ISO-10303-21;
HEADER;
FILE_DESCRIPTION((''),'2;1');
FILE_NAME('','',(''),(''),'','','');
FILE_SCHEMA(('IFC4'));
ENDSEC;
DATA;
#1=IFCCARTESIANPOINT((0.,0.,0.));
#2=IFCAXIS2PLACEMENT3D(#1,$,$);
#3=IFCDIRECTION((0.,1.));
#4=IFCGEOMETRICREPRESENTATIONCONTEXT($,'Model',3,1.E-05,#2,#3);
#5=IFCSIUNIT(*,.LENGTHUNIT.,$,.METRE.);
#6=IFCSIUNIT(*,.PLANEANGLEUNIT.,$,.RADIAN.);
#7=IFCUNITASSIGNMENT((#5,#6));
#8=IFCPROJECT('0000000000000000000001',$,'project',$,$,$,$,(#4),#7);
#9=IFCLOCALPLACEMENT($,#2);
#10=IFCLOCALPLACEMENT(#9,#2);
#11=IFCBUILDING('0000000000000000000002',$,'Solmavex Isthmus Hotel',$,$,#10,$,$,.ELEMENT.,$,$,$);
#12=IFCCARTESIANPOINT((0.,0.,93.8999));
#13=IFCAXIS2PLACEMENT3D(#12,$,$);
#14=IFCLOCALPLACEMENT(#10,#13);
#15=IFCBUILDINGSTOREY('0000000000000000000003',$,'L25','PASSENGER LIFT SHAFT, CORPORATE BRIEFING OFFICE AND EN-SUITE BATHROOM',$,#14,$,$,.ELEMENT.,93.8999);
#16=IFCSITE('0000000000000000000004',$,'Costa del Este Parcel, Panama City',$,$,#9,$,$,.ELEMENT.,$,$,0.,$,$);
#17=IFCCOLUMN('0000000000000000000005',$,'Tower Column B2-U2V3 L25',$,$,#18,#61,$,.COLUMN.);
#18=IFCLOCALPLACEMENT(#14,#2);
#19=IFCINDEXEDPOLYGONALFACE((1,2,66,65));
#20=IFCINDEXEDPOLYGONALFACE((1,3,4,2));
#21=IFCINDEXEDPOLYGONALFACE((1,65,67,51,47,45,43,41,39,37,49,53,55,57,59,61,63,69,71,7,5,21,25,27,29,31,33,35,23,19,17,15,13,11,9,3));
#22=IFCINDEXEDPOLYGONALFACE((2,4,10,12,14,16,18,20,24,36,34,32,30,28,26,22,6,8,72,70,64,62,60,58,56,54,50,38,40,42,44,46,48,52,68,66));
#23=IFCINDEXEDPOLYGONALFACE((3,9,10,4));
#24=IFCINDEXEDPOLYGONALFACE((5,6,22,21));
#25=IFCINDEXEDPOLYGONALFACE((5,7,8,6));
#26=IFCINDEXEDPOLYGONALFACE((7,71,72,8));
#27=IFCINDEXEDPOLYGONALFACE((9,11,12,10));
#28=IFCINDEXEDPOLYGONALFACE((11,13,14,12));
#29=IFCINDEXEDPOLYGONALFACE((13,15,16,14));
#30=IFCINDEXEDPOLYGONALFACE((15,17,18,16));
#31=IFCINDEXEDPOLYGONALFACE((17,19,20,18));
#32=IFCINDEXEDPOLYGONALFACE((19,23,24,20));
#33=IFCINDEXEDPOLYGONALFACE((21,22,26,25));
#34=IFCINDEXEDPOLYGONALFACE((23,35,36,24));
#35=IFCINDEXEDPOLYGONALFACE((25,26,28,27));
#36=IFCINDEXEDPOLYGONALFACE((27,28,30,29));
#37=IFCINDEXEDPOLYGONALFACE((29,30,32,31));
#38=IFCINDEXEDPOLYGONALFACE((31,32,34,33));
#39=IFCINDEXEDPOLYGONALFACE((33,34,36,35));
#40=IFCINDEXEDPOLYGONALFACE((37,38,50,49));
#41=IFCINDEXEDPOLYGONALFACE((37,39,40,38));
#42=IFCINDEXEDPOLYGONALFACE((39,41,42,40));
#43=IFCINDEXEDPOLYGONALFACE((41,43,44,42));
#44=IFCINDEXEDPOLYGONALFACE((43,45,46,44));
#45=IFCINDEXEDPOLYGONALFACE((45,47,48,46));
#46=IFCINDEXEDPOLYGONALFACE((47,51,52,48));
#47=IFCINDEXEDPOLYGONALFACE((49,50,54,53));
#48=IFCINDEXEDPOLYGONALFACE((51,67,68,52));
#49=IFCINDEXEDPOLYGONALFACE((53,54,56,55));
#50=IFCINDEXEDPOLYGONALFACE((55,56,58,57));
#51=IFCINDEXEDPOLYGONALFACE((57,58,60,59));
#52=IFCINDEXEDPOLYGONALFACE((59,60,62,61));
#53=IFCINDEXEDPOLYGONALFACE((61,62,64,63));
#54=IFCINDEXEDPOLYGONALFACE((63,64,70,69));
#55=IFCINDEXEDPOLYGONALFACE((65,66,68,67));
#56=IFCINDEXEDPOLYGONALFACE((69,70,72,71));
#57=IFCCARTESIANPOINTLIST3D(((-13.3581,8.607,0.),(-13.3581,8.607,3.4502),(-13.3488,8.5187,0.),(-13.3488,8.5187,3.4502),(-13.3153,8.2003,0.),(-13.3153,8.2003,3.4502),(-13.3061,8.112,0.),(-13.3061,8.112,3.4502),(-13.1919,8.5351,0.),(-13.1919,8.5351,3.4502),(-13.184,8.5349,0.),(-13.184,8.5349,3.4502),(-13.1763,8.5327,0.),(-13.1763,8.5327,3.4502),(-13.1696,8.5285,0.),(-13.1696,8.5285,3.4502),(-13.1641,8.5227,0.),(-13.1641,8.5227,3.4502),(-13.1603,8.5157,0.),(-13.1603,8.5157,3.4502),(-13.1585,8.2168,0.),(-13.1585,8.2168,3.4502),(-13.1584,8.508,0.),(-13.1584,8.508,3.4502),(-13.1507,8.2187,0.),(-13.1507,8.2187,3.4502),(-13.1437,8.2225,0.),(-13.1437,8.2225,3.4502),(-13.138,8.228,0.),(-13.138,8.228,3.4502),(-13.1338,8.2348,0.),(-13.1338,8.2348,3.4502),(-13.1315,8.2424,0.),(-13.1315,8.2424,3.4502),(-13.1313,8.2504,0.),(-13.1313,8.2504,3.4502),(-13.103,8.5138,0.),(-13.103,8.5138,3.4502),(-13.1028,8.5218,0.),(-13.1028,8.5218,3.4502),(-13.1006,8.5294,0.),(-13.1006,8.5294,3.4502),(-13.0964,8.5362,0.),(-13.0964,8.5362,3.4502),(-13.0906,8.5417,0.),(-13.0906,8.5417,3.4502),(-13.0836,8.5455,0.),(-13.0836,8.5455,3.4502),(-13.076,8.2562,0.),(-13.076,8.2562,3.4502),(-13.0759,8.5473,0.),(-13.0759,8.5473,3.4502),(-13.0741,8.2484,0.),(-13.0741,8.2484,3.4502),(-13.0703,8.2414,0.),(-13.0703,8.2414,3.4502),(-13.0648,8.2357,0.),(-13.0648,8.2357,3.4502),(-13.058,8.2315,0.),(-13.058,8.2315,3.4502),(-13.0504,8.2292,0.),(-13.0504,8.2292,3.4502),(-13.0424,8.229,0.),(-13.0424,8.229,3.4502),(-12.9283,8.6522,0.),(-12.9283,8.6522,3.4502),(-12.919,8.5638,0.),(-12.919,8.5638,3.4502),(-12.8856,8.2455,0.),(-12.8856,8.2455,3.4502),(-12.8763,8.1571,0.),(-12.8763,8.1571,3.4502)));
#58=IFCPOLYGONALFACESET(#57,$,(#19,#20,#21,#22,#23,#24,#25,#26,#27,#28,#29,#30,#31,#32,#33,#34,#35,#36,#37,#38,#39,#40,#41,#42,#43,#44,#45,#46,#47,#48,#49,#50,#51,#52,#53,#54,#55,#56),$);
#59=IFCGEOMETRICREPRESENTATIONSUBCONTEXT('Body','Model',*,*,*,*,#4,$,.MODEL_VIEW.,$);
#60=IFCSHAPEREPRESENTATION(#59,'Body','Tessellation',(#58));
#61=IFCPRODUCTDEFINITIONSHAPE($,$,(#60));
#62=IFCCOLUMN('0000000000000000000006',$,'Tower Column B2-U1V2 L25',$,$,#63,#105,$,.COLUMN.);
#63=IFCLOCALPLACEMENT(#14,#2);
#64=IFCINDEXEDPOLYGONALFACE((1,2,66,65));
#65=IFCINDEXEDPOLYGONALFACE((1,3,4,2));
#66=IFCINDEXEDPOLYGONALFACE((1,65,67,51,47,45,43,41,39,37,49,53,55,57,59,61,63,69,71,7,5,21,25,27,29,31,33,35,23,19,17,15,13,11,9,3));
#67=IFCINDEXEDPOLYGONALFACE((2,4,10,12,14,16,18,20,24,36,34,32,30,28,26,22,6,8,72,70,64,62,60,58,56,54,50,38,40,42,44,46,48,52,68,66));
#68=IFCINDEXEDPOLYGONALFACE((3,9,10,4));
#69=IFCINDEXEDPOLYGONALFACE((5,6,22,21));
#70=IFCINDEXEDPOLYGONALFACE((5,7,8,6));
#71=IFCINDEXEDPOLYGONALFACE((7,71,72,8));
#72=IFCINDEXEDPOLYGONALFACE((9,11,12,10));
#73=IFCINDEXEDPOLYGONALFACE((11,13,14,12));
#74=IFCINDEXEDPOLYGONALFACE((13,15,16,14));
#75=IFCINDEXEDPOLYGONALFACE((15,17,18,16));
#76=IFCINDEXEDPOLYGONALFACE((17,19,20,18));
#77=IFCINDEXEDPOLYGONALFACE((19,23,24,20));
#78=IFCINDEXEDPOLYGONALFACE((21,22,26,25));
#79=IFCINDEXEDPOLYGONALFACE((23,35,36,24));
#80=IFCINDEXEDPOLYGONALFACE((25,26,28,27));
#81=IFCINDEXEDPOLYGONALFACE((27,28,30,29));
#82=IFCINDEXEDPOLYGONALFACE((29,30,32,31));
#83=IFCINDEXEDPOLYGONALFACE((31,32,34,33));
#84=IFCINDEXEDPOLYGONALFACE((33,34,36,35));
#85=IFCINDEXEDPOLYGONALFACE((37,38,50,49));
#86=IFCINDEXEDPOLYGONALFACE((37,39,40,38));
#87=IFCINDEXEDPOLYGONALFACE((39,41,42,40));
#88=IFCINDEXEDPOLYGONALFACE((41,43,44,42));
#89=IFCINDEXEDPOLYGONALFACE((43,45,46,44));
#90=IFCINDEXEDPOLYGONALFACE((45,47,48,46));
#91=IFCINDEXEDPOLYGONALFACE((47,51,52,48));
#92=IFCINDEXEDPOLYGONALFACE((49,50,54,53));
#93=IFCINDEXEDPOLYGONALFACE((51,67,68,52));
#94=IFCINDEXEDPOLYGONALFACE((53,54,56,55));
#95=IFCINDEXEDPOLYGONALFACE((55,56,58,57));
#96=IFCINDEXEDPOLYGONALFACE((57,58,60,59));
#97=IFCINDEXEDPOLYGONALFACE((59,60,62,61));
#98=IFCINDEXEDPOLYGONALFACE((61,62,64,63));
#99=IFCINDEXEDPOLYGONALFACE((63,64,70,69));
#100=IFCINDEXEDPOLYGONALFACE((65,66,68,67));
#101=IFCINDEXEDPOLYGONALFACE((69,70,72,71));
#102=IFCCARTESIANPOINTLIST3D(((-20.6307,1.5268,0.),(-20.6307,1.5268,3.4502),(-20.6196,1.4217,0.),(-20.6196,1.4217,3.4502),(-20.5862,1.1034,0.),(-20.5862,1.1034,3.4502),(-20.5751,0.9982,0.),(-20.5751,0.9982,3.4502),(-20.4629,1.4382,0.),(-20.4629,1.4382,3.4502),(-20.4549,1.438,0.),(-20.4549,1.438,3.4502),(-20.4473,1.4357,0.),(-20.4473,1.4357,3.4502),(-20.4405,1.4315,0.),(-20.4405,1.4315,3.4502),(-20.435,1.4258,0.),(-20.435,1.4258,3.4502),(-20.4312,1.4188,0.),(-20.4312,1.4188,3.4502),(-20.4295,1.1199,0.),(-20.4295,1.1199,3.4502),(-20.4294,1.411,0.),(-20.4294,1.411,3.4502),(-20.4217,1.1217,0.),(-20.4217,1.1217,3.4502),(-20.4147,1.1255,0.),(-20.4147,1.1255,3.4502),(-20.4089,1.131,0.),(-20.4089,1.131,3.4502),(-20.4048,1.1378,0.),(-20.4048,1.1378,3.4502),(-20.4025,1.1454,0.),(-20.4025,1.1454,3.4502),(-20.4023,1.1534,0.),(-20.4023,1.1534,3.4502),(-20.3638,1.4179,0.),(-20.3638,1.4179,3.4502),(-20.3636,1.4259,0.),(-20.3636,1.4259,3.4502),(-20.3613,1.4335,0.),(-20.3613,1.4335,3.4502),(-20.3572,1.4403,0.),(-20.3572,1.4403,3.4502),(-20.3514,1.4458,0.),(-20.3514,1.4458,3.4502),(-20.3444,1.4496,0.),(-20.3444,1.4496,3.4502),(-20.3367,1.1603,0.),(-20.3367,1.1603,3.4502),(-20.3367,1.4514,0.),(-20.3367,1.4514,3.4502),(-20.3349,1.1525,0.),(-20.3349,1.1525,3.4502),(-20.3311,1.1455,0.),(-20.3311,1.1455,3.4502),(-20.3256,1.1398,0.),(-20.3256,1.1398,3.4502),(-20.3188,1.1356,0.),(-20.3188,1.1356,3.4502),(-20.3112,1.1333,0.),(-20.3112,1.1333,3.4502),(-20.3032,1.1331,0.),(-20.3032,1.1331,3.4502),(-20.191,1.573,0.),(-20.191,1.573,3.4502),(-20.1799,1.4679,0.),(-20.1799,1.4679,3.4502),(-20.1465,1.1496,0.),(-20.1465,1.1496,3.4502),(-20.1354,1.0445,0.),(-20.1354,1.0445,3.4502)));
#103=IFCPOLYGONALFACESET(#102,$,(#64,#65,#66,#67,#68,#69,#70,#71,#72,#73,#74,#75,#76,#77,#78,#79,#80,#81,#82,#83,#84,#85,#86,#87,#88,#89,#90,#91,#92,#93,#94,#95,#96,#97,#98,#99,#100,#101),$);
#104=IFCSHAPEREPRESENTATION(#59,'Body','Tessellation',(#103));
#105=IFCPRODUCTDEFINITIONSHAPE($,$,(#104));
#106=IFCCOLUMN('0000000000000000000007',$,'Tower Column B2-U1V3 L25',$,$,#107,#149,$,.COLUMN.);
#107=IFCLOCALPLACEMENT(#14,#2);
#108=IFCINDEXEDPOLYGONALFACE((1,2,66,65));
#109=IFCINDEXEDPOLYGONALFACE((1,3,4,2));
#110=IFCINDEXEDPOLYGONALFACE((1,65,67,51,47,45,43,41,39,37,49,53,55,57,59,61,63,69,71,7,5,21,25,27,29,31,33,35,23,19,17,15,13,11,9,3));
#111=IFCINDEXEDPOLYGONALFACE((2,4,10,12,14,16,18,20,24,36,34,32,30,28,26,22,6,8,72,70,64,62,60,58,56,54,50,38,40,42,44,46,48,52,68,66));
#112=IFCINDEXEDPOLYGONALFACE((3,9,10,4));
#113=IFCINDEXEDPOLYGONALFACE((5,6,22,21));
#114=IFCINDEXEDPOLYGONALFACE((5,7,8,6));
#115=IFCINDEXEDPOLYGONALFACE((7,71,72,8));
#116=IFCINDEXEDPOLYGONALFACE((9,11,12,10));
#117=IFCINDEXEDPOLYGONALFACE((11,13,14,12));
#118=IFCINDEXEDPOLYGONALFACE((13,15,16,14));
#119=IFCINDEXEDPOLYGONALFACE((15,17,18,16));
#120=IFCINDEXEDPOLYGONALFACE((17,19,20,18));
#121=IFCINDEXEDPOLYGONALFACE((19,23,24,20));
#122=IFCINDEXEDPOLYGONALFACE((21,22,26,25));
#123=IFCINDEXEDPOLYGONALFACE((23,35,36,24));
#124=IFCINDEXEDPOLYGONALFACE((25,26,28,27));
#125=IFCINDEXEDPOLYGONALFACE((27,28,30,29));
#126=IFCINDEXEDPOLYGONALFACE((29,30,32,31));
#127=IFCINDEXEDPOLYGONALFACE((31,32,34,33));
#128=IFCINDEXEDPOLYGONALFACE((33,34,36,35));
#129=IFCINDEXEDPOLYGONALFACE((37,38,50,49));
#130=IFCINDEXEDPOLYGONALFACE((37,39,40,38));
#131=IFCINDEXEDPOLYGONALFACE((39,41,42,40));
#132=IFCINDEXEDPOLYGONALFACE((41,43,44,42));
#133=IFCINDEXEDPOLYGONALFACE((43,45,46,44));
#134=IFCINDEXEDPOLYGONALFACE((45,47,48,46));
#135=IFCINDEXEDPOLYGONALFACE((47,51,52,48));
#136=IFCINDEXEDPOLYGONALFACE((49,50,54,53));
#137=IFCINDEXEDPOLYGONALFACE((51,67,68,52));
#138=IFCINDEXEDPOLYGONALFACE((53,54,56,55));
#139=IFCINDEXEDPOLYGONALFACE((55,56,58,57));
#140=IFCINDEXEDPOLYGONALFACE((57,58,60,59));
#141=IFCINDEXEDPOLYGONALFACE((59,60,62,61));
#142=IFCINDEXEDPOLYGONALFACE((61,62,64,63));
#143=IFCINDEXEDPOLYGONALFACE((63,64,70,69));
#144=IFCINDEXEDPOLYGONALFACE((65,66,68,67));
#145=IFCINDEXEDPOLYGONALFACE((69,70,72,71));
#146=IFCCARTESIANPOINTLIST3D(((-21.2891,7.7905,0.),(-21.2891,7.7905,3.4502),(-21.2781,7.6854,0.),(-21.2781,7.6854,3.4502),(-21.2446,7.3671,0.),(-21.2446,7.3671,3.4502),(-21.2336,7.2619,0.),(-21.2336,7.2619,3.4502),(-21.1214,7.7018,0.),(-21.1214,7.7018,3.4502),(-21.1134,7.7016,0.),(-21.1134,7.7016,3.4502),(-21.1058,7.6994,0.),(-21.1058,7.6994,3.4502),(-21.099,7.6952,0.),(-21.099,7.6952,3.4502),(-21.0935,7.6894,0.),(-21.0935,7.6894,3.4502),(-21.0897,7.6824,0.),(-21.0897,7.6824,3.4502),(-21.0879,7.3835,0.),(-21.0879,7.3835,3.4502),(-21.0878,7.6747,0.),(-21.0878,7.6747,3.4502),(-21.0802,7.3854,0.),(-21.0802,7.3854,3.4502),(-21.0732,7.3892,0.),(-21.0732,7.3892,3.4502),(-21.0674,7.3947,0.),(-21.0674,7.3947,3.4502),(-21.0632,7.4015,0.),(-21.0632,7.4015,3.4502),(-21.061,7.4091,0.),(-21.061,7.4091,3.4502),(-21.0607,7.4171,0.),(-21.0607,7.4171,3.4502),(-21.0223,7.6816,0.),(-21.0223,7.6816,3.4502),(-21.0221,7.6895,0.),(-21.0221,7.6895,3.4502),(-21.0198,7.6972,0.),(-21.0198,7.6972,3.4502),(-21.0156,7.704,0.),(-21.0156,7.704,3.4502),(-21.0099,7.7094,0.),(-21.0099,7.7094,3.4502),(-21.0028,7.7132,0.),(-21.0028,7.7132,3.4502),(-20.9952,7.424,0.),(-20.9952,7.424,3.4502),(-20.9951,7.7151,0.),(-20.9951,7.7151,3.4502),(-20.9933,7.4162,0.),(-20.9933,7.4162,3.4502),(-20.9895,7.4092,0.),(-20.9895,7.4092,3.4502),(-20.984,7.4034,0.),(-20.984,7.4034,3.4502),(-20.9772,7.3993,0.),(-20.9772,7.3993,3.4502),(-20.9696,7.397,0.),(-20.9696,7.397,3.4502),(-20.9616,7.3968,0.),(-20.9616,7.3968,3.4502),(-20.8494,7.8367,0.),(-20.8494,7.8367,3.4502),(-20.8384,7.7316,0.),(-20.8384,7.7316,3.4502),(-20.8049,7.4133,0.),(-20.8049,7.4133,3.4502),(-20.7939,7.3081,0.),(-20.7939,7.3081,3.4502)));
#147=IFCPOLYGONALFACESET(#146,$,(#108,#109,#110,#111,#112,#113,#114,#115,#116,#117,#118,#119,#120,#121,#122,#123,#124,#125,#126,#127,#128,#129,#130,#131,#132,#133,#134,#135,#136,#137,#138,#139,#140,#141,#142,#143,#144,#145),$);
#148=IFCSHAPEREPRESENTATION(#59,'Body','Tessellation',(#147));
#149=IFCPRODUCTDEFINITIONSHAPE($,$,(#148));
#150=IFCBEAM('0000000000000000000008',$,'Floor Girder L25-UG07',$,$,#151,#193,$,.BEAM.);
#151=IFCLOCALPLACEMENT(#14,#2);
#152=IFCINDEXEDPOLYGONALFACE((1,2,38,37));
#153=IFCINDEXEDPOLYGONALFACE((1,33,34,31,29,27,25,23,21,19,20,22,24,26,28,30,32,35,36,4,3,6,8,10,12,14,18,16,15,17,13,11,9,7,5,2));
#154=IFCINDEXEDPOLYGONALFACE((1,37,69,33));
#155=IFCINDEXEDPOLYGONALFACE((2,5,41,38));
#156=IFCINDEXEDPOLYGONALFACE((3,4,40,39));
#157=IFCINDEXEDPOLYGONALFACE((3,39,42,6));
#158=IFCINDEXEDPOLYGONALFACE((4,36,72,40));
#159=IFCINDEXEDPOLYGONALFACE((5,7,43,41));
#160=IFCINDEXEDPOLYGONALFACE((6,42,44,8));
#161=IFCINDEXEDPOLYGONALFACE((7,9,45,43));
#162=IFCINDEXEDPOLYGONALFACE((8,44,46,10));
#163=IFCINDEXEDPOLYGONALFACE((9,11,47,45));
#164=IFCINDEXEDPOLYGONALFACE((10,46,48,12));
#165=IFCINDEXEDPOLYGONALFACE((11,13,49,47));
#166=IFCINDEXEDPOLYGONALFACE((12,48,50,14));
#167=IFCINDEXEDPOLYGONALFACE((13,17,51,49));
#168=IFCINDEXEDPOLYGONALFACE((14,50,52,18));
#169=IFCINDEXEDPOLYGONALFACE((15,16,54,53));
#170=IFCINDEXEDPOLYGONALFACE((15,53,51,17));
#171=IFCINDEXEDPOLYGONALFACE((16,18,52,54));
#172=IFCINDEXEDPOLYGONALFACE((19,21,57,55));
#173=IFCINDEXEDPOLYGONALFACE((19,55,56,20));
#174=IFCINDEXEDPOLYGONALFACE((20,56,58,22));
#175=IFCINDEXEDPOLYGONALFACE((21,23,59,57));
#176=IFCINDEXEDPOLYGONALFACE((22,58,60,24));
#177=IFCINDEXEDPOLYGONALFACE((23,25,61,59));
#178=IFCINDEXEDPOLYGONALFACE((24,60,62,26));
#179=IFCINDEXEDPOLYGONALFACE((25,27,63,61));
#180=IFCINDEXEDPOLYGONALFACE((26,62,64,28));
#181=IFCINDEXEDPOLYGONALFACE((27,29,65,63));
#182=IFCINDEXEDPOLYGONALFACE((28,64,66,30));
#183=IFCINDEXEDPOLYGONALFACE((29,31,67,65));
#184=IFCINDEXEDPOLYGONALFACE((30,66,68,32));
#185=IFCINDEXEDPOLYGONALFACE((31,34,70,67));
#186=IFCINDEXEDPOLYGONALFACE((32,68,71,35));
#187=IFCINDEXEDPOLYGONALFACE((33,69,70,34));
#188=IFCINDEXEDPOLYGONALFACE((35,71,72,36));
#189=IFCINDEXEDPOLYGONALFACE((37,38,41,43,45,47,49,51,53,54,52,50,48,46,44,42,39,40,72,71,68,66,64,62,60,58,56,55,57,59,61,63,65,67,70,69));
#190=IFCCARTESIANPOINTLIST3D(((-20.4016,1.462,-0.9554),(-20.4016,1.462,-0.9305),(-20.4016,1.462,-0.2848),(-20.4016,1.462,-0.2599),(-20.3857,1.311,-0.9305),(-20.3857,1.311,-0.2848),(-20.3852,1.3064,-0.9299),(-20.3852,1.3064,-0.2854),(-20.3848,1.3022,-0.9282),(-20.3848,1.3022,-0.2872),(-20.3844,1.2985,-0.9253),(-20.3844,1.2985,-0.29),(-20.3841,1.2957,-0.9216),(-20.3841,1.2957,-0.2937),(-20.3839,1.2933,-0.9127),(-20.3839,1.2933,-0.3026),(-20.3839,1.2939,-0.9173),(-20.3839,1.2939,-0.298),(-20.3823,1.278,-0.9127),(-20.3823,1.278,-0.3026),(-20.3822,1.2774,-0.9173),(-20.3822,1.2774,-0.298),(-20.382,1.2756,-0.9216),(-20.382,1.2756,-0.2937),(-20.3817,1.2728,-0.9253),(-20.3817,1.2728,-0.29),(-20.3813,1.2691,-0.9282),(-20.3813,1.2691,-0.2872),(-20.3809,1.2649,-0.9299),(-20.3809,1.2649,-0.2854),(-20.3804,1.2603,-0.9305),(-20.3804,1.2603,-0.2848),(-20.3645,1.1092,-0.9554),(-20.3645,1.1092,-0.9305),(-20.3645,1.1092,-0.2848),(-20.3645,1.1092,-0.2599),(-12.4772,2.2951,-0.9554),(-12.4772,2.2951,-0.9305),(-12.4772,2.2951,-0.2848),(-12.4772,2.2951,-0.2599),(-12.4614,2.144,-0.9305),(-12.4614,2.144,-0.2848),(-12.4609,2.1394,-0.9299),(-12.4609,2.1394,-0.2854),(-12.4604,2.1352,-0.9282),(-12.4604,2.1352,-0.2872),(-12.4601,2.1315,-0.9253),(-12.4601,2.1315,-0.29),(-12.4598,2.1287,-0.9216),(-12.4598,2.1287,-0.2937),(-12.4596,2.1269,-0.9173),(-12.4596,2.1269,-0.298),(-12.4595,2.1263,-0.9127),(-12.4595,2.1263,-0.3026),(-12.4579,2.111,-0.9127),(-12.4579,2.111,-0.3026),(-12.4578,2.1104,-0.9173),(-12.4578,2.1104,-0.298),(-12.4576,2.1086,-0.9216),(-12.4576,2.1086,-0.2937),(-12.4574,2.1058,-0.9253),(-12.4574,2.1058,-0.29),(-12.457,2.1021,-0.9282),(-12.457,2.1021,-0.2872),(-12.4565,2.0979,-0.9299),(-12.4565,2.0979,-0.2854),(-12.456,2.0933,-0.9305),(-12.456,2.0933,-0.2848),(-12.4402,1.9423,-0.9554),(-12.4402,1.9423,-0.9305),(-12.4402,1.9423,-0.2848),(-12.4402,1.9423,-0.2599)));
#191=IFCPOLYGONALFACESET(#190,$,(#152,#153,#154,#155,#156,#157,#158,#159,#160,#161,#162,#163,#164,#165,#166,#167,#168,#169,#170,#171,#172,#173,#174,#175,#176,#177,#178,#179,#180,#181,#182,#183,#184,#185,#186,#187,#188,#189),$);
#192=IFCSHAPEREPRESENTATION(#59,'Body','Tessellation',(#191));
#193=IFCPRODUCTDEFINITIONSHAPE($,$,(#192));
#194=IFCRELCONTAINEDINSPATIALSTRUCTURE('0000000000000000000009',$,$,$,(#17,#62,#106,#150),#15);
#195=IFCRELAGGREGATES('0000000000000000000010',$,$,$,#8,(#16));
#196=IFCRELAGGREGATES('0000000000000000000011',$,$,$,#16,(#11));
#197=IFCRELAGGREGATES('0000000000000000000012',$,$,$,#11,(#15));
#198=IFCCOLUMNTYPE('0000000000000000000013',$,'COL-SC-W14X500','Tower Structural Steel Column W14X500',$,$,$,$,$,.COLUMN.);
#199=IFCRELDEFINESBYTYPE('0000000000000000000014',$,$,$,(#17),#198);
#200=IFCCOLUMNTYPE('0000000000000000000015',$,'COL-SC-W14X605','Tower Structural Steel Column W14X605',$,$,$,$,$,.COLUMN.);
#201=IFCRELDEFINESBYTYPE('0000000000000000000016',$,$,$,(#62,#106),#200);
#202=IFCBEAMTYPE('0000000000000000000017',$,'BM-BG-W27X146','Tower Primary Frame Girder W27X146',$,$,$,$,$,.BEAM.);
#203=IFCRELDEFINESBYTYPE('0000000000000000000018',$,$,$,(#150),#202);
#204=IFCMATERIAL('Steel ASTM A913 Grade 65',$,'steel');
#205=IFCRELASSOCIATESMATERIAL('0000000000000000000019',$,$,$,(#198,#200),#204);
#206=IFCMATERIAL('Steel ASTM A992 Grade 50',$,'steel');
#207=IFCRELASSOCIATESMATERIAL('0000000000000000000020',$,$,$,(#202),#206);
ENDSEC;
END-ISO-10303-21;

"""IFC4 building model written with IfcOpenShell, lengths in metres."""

from ifc_helpers import new_model, si_unit, direction, frame, origin, origin_2d, place, context, subcontext, project, spatial, i_section, extrude, material, material_profile, profile_set, type_object, element, save


model = new_model("IFC4")

# Units and contexts
model_context = context("Model", 3, precision=1e-05, world=origin(), true_north=direction((0.0, 1.0)))
body_context = subcontext(model_context, "Body", "Model", "MODEL_VIEW")
ifc_project = project(units=[si_unit("LENGTHUNIT", "METRE"), si_unit("PLANEANGLEUNIT", "RADIAN")], contexts=[model_context])

# Site, building, storey
site_placement = place(None, origin())
site = spatial("IfcSite", under=ifc_project, at=site_placement, Name="Costa del Este Parcel, Panama City", CompositionType="ELEMENT", RefElevation=0.0)
building_placement = place(site_placement, origin())
building = spatial("IfcBuilding", under=site, at=building_placement, Name="Solmavex Isthmus Hotel", CompositionType="ELEMENT")
storey_placement = place(building_placement, frame((0.0, 0.0, 93.8999)))
storey = spatial("IfcBuildingStorey", under=building, at=storey_placement, Name="L25", Description="PASSENGER LIFT SHAFT, CORPORATE BRIEFING OFFICE AND EN-SUITE BATHROOM", CompositionType="ELEMENT", Elevation=93.8999)

# Columns
ifc_material_1 = material(Name="Steel ASTM A913 Grade 65", Category="steel")
ifc_material_profile_1 = material_profile(ifc_material_1, i_section(OverallWidth=0.4321, OverallDepth=0.4978, WebThickness=0.0557, FlangeThickness=0.0889, FilletRadius=0.0305, at=origin_2d()), Name="W14X500")
ifc_profile_set_1 = profile_set([ifc_material_profile_1], Name="Steel ASTM A913 Grade 65")
column_type_1 = type_object("IfcColumnType", Name="COL-SC-W14X500", Description="Tower Structural Steel Column W14X500", PredefinedType="COLUMN", material=ifc_profile_set_1)
column_placement = place(storey_placement, frame((-13.1172, 8.3821, 0.0), z_axis=(0.0, 0.0, 1.0), x_axis=(0.994522, 0.104528, 0.0)))
element("IfcColumn", 1, at=column_placement, inside=storey, type_object=column_type_1, Name="Tower Column B2-U2V3 L25", PredefinedType="COLUMN", context=body_context, shape_type="SweptSolid", body=[
    extrude(i_section(OverallWidth=0.4321, OverallDepth=0.4978, WebThickness=0.0557, FlangeThickness=0.0889, FilletRadius=0.0305, at=origin_2d()), origin(), (0.0, 0.0, 1.0), 3.4502),
])
ifc_material_profile_2 = material_profile(ifc_material_1, i_section(OverallWidth=0.4421, OverallDepth=0.5315, WebThickness=0.0659, FlangeThickness=0.1057, FilletRadius=0.0305, at=origin_2d()), Name="W14X605")
ifc_profile_set_2 = profile_set([ifc_material_profile_2], Name="Steel ASTM A913 Grade 65")
column_type_2 = type_object("IfcColumnType", Name="COL-SC-W14X605", Description="Tower Structural Steel Column W14X605", PredefinedType="COLUMN", material=ifc_profile_set_2)
for number, where, z_axis, x_axis, name in (
    (2, (-20.3831, 1.2856, 0.0), (0.0, 0.0, 1.0), (0.994522, 0.104528, 0.0), "Tower Column B2-U1V2 L25"),
    (3, (-21.0415, 7.5493, 0.0), (0.0, 0.0, 1.0), (0.994522, 0.104528, 0.0), "Tower Column B2-U1V3 L25"),
):
    element("IfcColumn", number, at=place(storey_placement, frame(where, z_axis=z_axis, x_axis=x_axis)), inside=storey, type_object=column_type_2, Name=name, PredefinedType="COLUMN", context=body_context, shape_type="SweptSolid", body=[
        extrude(i_section(OverallWidth=0.4421, OverallDepth=0.5315, WebThickness=0.0659, FlangeThickness=0.1057, FilletRadius=0.0305, at=origin_2d()), origin(), (0.0, 0.0, 1.0), 3.4502),
    ])

# Beam
ifc_material_2 = material(Name="Steel ASTM A992 Grade 50", Category="steel")
ifc_material_profile_3 = material_profile(ifc_material_2, i_section(OverallWidth=0.3547, OverallDepth=0.6956, WebThickness=0.0154, FlangeThickness=0.0249, FilletRadius=0.0178, at=origin_2d()), Name="W27X146")
ifc_profile_set_3 = profile_set([ifc_material_profile_3], Name="Steel ASTM A992 Grade 50")
beam_type_1 = type_object("IfcBeamType", Name="BM-BG-W27X146", Description="Tower Primary Frame Girder W27X146", PredefinedType="BEAM", material=ifc_profile_set_3)
for number, where, z_axis, x_axis, name in (
    (4, (-20.3831, 1.2856, -0.6077), (0.99452, 0.104544, 0.0), (-0.104544, 0.99452, 0.0), "Floor Girder L25-UG07"),
):
    element("IfcBeam", number, at=place(storey_placement, frame(where, z_axis=z_axis, x_axis=x_axis)), inside=storey, type_object=beam_type_1, Name=name, PredefinedType="BEAM", context=body_context, shape_type="SweptSolid", body=[
        extrude(i_section(OverallWidth=0.3547, OverallDepth=0.6956, WebThickness=0.0154, FlangeThickness=0.0249, FilletRadius=0.0178, at=origin_2d()), origin(), (0.0, 0.0, 1.0), 7.968),
    ])

save(model, "model.ifc")
